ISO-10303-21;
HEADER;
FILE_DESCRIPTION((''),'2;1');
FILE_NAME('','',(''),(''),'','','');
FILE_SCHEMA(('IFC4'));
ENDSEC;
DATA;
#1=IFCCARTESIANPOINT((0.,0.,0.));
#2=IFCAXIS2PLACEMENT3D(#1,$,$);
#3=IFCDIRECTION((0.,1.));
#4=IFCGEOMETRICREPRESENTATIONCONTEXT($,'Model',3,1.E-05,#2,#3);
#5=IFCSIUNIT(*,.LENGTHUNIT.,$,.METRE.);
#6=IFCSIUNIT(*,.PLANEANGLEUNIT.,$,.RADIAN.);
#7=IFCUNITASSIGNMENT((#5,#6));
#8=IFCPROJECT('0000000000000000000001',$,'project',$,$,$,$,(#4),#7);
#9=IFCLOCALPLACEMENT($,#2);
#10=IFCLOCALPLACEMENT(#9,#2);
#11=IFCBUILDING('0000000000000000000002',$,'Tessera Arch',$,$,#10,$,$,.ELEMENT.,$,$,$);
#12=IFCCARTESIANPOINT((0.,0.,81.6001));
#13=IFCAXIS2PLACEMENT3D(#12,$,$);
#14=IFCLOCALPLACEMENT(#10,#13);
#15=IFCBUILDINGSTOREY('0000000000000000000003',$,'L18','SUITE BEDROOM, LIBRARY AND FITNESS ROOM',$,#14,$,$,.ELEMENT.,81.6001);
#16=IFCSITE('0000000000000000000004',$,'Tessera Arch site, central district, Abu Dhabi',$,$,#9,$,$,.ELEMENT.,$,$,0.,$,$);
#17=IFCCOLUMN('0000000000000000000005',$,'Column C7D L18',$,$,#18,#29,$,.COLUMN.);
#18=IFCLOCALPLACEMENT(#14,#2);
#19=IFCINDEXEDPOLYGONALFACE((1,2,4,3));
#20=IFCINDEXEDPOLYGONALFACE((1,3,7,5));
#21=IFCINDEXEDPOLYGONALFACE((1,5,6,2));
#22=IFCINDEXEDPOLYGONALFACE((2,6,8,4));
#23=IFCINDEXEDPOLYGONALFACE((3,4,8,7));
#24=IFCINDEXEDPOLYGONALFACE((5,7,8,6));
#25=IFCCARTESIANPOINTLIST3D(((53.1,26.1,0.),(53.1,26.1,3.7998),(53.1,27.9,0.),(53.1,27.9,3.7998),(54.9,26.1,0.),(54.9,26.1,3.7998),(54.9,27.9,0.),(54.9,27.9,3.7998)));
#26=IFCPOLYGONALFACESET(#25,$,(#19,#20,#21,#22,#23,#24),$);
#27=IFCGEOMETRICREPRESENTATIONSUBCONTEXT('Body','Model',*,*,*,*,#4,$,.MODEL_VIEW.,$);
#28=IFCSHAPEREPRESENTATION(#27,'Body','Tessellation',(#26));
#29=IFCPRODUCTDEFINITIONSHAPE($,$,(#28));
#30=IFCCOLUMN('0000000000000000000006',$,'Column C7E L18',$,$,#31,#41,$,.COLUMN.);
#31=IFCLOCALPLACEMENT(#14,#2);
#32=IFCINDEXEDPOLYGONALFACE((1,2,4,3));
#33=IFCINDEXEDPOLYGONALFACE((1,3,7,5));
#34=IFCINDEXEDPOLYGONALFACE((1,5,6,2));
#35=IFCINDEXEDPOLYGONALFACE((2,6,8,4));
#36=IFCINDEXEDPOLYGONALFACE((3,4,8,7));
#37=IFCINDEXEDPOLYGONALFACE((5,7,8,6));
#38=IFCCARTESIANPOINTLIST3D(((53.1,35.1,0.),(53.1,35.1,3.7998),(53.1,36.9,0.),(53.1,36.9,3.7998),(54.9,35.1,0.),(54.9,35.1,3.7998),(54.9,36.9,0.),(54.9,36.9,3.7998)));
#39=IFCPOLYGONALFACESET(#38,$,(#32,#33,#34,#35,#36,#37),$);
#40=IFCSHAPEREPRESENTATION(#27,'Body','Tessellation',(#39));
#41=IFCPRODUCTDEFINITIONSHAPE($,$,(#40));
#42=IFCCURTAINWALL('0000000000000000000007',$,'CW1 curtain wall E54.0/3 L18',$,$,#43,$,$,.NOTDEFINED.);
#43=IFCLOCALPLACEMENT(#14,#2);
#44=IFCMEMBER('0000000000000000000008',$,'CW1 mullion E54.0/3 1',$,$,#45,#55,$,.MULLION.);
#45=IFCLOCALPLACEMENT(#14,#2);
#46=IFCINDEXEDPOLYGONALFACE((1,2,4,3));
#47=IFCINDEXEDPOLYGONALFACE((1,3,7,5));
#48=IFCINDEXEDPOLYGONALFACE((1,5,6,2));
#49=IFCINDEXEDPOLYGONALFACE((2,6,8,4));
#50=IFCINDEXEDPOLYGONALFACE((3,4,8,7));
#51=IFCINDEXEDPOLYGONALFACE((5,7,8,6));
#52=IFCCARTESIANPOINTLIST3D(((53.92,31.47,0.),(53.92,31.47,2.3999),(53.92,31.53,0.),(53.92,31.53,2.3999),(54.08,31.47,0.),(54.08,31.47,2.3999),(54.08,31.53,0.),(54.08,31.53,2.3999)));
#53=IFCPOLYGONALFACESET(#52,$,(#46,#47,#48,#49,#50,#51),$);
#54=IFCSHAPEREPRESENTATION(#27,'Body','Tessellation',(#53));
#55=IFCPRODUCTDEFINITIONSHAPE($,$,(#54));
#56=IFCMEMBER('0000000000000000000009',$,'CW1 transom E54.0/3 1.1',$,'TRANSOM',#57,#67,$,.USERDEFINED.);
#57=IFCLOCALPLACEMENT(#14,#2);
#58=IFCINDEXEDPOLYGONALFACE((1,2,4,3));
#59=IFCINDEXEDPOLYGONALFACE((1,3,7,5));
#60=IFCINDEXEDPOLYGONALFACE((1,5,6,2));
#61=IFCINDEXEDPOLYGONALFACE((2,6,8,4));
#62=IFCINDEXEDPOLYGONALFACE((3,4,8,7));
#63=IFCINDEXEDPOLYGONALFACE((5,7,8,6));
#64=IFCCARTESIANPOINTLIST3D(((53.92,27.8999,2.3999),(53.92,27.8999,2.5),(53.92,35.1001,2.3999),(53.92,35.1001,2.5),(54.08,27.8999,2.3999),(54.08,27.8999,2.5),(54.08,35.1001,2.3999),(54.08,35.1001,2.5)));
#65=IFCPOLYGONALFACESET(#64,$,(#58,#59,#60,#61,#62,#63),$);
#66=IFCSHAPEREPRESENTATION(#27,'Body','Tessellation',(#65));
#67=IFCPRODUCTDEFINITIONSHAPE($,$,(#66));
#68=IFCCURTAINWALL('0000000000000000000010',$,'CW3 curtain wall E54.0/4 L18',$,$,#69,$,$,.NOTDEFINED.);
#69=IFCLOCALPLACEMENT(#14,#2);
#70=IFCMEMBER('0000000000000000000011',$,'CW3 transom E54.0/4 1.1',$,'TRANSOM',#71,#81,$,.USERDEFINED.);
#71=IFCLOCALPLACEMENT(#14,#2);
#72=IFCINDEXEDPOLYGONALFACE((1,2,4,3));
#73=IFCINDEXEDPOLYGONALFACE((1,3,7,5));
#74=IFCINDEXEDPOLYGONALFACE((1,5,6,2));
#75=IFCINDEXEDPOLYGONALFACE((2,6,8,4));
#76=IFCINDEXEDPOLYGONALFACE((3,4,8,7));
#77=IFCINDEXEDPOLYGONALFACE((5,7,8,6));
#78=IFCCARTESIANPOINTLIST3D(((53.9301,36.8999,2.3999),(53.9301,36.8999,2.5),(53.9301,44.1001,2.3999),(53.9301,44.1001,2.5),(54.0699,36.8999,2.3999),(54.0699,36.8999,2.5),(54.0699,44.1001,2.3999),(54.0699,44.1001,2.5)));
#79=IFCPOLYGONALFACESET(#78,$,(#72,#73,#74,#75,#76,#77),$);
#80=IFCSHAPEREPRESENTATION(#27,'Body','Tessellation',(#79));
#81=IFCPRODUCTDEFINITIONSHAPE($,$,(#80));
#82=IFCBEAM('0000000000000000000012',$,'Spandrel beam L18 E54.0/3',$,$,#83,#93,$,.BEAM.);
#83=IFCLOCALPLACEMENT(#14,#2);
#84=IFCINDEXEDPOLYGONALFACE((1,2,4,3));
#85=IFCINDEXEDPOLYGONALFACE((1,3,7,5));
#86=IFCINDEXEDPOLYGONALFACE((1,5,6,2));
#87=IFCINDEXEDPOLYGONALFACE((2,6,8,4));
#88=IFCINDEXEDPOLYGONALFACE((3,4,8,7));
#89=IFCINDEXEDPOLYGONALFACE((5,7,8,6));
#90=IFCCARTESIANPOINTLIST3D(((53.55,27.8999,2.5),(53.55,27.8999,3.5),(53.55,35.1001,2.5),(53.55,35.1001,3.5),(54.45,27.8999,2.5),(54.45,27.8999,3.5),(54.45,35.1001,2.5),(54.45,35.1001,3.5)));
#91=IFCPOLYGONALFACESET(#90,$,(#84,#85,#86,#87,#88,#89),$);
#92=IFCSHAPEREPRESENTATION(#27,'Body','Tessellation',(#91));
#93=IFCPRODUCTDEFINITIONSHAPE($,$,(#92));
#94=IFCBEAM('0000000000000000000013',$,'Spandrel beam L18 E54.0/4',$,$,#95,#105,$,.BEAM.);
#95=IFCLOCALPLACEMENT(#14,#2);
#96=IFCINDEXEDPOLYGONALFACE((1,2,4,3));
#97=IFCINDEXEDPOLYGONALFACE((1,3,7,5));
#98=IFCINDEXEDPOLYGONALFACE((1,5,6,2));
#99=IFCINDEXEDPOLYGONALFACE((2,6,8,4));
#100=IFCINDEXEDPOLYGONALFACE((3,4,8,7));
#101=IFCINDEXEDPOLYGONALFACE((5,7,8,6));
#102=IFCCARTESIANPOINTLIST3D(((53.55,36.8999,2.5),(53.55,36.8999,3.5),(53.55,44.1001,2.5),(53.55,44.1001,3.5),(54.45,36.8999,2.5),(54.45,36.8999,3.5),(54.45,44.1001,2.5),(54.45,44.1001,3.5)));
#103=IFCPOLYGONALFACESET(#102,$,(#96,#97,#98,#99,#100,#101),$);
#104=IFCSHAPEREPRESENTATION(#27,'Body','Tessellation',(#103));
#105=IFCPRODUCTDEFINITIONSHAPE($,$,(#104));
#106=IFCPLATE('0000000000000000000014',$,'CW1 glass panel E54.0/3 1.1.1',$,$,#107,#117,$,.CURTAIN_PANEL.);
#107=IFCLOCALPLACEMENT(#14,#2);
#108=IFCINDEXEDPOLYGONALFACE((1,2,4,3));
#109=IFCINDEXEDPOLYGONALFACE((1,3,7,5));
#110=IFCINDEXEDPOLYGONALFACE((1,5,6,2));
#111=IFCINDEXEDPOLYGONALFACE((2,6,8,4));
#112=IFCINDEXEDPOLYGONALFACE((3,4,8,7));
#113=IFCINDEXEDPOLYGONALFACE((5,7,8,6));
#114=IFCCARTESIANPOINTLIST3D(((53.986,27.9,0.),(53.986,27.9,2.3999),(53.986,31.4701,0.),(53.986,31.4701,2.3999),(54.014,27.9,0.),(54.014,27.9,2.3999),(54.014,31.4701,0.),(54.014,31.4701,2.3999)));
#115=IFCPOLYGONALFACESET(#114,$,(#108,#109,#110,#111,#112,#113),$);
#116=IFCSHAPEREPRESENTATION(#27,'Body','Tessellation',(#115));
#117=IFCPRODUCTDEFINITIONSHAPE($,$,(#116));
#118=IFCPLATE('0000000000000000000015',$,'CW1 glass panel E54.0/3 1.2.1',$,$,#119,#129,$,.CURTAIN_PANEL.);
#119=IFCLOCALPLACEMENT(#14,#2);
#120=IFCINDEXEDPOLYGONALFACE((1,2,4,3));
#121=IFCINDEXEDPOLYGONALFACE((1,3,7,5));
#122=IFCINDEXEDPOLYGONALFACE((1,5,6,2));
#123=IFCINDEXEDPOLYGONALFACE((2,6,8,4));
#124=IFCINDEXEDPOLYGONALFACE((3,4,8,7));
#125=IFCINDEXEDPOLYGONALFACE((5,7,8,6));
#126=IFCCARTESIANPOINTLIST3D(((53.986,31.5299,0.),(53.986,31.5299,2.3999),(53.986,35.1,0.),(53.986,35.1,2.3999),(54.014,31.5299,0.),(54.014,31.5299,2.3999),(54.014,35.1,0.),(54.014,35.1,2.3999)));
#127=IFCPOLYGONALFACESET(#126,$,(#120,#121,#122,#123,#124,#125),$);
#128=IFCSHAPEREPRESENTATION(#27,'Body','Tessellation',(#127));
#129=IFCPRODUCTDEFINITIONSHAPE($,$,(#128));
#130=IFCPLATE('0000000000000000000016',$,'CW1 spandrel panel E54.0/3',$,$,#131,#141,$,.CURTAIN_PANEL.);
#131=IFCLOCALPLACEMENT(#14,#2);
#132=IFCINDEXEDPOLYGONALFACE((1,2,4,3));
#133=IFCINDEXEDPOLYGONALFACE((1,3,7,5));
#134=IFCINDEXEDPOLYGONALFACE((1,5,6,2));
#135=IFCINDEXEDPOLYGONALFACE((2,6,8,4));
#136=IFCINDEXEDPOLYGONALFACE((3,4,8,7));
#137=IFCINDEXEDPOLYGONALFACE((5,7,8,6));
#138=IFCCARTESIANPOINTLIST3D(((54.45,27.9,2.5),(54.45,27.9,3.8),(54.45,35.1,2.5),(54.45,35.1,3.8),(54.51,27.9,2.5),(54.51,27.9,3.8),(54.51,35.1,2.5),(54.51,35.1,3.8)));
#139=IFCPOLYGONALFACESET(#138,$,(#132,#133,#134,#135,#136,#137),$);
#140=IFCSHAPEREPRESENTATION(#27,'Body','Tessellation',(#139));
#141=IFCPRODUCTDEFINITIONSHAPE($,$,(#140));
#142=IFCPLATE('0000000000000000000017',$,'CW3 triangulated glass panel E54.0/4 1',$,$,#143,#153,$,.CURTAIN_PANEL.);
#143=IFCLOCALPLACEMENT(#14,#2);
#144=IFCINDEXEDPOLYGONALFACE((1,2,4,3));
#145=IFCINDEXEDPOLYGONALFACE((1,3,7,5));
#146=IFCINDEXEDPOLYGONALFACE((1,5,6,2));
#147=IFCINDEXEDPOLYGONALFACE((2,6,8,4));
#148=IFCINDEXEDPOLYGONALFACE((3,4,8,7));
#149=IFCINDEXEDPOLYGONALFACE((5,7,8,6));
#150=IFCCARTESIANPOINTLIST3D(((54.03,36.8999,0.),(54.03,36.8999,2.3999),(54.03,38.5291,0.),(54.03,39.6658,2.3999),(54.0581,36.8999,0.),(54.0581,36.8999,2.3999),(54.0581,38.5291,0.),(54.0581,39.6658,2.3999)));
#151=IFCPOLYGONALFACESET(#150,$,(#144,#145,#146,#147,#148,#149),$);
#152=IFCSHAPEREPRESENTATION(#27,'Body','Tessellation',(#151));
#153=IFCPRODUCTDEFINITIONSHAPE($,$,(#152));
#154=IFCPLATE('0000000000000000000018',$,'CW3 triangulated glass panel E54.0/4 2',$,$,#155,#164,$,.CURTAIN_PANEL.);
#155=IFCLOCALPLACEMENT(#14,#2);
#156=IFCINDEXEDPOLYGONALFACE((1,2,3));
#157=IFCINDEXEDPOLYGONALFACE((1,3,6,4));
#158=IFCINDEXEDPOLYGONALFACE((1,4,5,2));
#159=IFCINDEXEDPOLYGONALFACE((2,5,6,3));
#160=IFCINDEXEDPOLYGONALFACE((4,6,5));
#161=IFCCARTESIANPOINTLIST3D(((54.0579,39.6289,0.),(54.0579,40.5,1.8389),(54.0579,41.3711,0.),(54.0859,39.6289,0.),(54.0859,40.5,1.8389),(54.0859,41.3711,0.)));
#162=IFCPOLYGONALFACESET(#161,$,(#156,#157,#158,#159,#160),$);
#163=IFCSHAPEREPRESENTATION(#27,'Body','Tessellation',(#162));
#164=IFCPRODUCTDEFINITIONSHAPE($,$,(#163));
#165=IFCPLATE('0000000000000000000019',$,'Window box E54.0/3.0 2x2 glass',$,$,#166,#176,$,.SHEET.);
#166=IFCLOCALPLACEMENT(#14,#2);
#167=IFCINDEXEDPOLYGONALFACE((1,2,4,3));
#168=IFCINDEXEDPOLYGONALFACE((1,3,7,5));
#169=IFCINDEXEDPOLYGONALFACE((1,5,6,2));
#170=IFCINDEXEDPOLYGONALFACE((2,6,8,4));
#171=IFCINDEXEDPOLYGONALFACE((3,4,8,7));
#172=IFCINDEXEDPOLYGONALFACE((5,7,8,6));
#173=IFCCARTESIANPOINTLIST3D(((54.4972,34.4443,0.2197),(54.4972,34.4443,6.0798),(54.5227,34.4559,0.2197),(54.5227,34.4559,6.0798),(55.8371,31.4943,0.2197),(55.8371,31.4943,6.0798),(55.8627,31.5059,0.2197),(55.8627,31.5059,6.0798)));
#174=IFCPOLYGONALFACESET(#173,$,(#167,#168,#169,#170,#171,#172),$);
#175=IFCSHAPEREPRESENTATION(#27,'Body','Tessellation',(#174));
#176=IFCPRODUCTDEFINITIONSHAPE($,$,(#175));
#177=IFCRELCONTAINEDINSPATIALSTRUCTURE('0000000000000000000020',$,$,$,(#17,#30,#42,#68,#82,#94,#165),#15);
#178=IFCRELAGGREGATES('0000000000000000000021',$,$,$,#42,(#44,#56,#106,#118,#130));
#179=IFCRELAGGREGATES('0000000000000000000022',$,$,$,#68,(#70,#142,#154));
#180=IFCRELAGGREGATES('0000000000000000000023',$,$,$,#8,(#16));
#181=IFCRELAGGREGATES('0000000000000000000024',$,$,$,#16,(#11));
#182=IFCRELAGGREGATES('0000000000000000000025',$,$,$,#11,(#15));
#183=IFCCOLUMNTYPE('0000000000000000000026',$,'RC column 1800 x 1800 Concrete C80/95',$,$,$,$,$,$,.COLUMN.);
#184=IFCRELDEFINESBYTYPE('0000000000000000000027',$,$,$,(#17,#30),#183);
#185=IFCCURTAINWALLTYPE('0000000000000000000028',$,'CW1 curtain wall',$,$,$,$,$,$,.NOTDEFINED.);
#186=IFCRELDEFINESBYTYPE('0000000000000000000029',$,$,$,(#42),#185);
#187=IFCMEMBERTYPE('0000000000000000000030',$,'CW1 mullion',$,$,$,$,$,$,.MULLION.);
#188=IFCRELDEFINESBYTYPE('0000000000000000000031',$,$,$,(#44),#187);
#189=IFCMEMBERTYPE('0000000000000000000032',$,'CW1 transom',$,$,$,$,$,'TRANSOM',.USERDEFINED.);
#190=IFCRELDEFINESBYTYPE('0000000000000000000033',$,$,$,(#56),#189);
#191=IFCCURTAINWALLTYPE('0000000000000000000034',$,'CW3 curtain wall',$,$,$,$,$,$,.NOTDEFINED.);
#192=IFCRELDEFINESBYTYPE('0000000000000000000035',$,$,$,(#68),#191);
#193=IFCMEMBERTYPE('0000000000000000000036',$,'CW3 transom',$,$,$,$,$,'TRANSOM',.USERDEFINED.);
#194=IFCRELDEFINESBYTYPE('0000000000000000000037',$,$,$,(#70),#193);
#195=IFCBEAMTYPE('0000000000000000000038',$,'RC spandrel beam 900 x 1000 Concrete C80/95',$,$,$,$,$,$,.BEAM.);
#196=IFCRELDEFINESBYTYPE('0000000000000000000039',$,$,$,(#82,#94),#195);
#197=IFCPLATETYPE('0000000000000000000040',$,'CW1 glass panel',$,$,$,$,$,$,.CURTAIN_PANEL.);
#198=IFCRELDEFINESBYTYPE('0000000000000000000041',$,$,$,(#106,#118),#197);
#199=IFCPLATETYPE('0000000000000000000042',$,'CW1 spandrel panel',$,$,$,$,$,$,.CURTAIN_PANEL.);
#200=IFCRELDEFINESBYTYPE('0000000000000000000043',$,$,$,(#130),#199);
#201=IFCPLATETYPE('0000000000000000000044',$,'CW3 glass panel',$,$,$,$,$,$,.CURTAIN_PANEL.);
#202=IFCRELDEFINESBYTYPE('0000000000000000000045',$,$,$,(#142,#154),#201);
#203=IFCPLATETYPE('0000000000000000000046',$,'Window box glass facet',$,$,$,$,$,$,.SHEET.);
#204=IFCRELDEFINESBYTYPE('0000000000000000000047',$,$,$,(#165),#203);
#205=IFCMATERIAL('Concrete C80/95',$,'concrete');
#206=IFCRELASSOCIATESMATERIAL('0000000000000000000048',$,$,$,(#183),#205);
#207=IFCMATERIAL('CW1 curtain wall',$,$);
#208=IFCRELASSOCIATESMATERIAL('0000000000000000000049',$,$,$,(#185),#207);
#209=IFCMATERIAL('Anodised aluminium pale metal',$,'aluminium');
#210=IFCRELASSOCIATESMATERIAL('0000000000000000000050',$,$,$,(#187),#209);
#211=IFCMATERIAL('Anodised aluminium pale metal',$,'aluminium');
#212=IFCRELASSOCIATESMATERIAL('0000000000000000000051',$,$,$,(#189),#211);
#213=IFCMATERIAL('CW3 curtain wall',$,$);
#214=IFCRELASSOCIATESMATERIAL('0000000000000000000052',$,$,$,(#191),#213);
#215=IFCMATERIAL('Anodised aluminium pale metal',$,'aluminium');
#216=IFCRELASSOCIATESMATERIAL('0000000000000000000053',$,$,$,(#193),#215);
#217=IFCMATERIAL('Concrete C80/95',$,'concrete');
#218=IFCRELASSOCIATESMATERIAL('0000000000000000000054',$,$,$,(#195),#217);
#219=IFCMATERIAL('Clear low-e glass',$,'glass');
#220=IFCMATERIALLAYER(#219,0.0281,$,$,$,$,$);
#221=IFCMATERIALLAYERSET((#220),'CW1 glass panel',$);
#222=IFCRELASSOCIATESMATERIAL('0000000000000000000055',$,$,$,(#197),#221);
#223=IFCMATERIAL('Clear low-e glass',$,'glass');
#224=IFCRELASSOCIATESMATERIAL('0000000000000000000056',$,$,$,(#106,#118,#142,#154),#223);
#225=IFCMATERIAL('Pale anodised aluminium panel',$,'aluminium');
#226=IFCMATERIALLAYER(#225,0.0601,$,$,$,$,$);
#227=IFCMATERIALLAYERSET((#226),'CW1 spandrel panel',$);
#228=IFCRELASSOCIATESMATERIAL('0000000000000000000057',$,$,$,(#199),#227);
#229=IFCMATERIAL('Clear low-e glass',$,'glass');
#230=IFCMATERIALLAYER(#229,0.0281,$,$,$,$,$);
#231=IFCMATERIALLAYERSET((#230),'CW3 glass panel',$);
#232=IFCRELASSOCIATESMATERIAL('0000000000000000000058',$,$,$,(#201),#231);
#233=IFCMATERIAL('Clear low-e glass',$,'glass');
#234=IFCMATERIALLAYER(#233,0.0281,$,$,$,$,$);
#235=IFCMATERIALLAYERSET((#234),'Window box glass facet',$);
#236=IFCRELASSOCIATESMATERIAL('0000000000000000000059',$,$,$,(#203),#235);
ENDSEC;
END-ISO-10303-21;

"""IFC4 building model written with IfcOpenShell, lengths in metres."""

from ifc_helpers import new_model, si_unit, direction, frame, origin, origin_2d, place, context, subcontext, project, spatial, polyline, rectangle, outline, extrude, material, layer, layer_set, material_profile, profile_set, type_object, element, aggregate, save


model = new_model("IFC4")

# Units and contexts
model_context = context("Model", 3, precision=1e-05, world=origin(), true_north=direction((0.0, 1.0)))
body_context = subcontext(model_context, "Body", "Model", "MODEL_VIEW")
ifc_project = project(units=[si_unit("LENGTHUNIT", "METRE"), si_unit("PLANEANGLEUNIT", "RADIAN")], contexts=[model_context])

# Site, building, storey
site_placement = place(None, origin())
site = spatial("IfcSite", under=ifc_project, at=site_placement, Name="Tessera Arch site, central district, Abu Dhabi", CompositionType="ELEMENT", RefElevation=0.0)
building_placement = place(site_placement, origin())
building = spatial("IfcBuilding", under=site, at=building_placement, Name="Tessera Arch", CompositionType="ELEMENT")
storey_placement = place(building_placement, frame((0.0, 0.0, 81.6001)))
storey = spatial("IfcBuildingStorey", under=building, at=storey_placement, Name="L18", Description="SUITE BEDROOM, LIBRARY AND FITNESS ROOM", CompositionType="ELEMENT", Elevation=81.6001)

# Columns
ifc_material_1 = material(Name="Concrete C80/95", Category="concrete")
ifc_material_profile_1 = material_profile(ifc_material_1, rectangle(XDim=1.8, YDim=1.8, at=origin_2d()), Name="RC column 1800 x 1800 Concrete C80/95")
ifc_profile_set_1 = profile_set([ifc_material_profile_1], Name="Concrete C80/95")
column_type = type_object("IfcColumnType", Name="RC column 1800 x 1800 Concrete C80/95", PredefinedType="COLUMN", material=ifc_profile_set_1)
for number, where, z_axis, x_axis, name in (
    (1, (54.0, 27.0, 0.0), (0.0, 0.0, 1.0), (1.0, 0.0, 0.0), "Column C7D L18"),
    (2, (54.0, 36.0, 0.0), (0.0, 0.0, 1.0), (1.0, 0.0, 0.0), "Column C7E L18"),
):
    element("IfcColumn", number, at=place(storey_placement, frame(where, z_axis=z_axis, x_axis=x_axis)), inside=storey, type_object=column_type, Name=name, PredefinedType="COLUMN", context=body_context, shape_type="SweptSolid", body=[
        extrude(rectangle(XDim=1.8, YDim=1.8, at=origin_2d()), origin(), (0.0, 0.0, 1.0), 3.7998),
    ])

# Curtain wall, members
ifc_material_2 = material(Name="CW1 curtain wall")
curtain_wall_type_1 = type_object("IfcCurtainWallType", Name="CW1 curtain wall", PredefinedType="NOTDEFINED", material=ifc_material_2)
curtain_wall_1_placement = place(storey_placement, origin())
curtain_wall_1 = element("IfcCurtainWall", 3, at=curtain_wall_1_placement, inside=storey, type_object=curtain_wall_type_1, Name="CW1 curtain wall E54.0/3 L18", PredefinedType="NOTDEFINED")
ifc_material_3 = material(Name="Anodised aluminium pale metal", Category="aluminium")
ifc_material_profile_2 = material_profile(ifc_material_3, rectangle(XDim=0.1599, YDim=0.0601, at=origin_2d()), Name="AL 60x160")
ifc_profile_set_2 = profile_set([ifc_material_profile_2], Name="Anodised aluminium pale metal")
member_type_1 = type_object("IfcMemberType", Name="CW1 mullion", PredefinedType="MULLION", material=ifc_profile_set_2)
member_1_placement = place(storey_placement, frame((54.0, 31.5, 0.0), z_axis=(0.0, 0.0, 1.0), x_axis=(-1.0, 0.0, 0.0)))
member_1 = element("IfcMember", 4, at=member_1_placement, type_object=member_type_1, Name="CW1 mullion E54.0/3 1", PredefinedType="MULLION", context=body_context, shape_type="SweptSolid", body=[
    extrude(rectangle(XDim=0.1599, YDim=0.0601, at=origin_2d()), origin(), (0.0, 0.0, 1.0), 2.3999),
])
ifc_material_4 = material(Name="Anodised aluminium pale metal", Category="aluminium")
ifc_material_profile_3 = material_profile(ifc_material_4, rectangle(XDim=0.1599, YDim=0.1001, at=origin_2d()), Name="AL 160x100")
ifc_profile_set_3 = profile_set([ifc_material_profile_3], Name="Anodised aluminium pale metal")
member_type_2 = type_object("IfcMemberType", Name="CW1 transom", ElementType="TRANSOM", PredefinedType="USERDEFINED", material=ifc_profile_set_3)
member_2_placement = place(storey_placement, frame((54.0, 27.8999, 2.45), z_axis=(0.0, 1.0, 0.0), x_axis=(-1.0, 0.0, 0.0)))
member_2 = element("IfcMember", 5, at=member_2_placement, type_object=member_type_2, Name="CW1 transom E54.0/3 1.1", ObjectType="TRANSOM", PredefinedType="USERDEFINED", context=body_context, shape_type="SweptSolid", body=[
    extrude(rectangle(XDim=0.1599, YDim=0.1001, at=origin_2d()), origin(), (0.0, 0.0, 1.0), 7.2002),
])

# Curtain wall, member
ifc_material_5 = material(Name="CW3 curtain wall")
curtain_wall_type_2 = type_object("IfcCurtainWallType", Name="CW3 curtain wall", PredefinedType="NOTDEFINED", material=ifc_material_5)
curtain_wall_2_placement = place(storey_placement, origin())
curtain_wall_2 = element("IfcCurtainWall", 6, at=curtain_wall_2_placement, inside=storey, type_object=curtain_wall_type_2, Name="CW3 curtain wall E54.0/4 L18", PredefinedType="NOTDEFINED")
ifc_material_6 = material(Name="Anodised aluminium pale metal", Category="aluminium")
ifc_material_profile_4 = material_profile(ifc_material_6, rectangle(XDim=0.1399, YDim=0.1001, at=origin_2d()), Name="AL 140x100")
ifc_profile_set_4 = profile_set([ifc_material_profile_4], Name="Anodised aluminium pale metal")
member_type_3 = type_object("IfcMemberType", Name="CW3 transom", ElementType="TRANSOM", PredefinedType="USERDEFINED", material=ifc_profile_set_4)
member_3_placement = place(storey_placement, frame((54.0, 36.8999, 2.45), z_axis=(0.0, 1.0, 0.0), x_axis=(-1.0, 0.0, 0.0)))
member_3 = element("IfcMember", 7, at=member_3_placement, type_object=member_type_3, Name="CW3 transom E54.0/4 1.1", ObjectType="TRANSOM", PredefinedType="USERDEFINED", context=body_context, shape_type="SweptSolid", body=[
    extrude(rectangle(XDim=0.1399, YDim=0.1001, at=origin_2d()), origin(), (0.0, 0.0, 1.0), 7.2002),
])

# Beams
ifc_material_7 = material(Name="Concrete C80/95", Category="concrete")
ifc_material_profile_5 = material_profile(ifc_material_7, rectangle(XDim=0.8999, YDim=1.0, at=origin_2d()), Name="RC spandrel beam 900 x 1000 Concrete C80/95")
ifc_profile_set_5 = profile_set([ifc_material_profile_5], Name="Concrete C80/95")
beam_type = type_object("IfcBeamType", Name="RC spandrel beam 900 x 1000 Concrete C80/95", PredefinedType="BEAM", material=ifc_profile_set_5)
for number, where, z_axis, x_axis, name in (
    (8, (54.0, 27.8999, 3.0), (0.0, 1.0, 0.0), (-1.0, 0.0, 0.0), "Spandrel beam L18 E54.0/3"),
    (9, (54.0, 36.8999, 3.0), (0.0, 1.0, 0.0), (-1.0, 0.0, 0.0), "Spandrel beam L18 E54.0/4"),
):
    element("IfcBeam", number, at=place(storey_placement, frame(where, z_axis=z_axis, x_axis=x_axis)), inside=storey, type_object=beam_type, Name=name, PredefinedType="BEAM", context=body_context, shape_type="SweptSolid", body=[
        extrude(rectangle(XDim=0.8999, YDim=1.0, at=origin_2d()), origin(), (0.0, 0.0, 1.0), 7.2002),
    ])

# Plates
ifc_material_8 = material(Name="Clear low-e glass", Category="glass")
ifc_material_9 = material(Name="Clear low-e glass", Category="glass")
ifc_layer_1 = layer(ifc_material_9, 0.0281)
ifc_layer_set_1 = layer_set([ifc_layer_1], Name="CW1 glass panel")
plate_type_1 = type_object("IfcPlateType", Name="CW1 glass panel", PredefinedType="CURTAIN_PANEL", material=ifc_layer_set_1)
plate_1_placement = place(storey_placement, frame((54.0, 29.6851, 0.0), z_axis=(0.0, 0.0, 1.0), x_axis=(0.0, 1.0, 0.0)))
plate_1 = element("IfcPlate", 10, at=plate_1_placement, type_object=plate_type_1, material=ifc_material_8, Name="CW1 glass panel E54.0/3 1.1.1", PredefinedType="CURTAIN_PANEL", context=body_context, shape_type="SweptSolid", body=[
    extrude(rectangle(XDim=3.5701, YDim=0.0281, at=origin_2d()), origin(), (0.0, 0.0, 1.0), 2.3999),
])
plate_2_placement = place(storey_placement, frame((54.0, 33.3149, 0.0), z_axis=(0.0, 0.0, 1.0), x_axis=(0.0, 1.0, 0.0)))
plate_2 = element("IfcPlate", 11, at=plate_2_placement, type_object=plate_type_1, material=ifc_material_8, Name="CW1 glass panel E54.0/3 1.2.1", PredefinedType="CURTAIN_PANEL", context=body_context, shape_type="SweptSolid", body=[
    extrude(rectangle(XDim=3.5701, YDim=0.0281, at=origin_2d()), origin(), (0.0, 0.0, 1.0), 2.3999),
])
ifc_material_10 = material(Name="Pale anodised aluminium panel", Category="aluminium")
ifc_layer_2 = layer(ifc_material_10, 0.0601)
ifc_layer_set_2 = layer_set([ifc_layer_2], Name="CW1 spandrel panel")
plate_type_2 = type_object("IfcPlateType", Name="CW1 spandrel panel", PredefinedType="CURTAIN_PANEL", material=ifc_layer_set_2)
plate_3_placement = place(storey_placement, frame((54.48, 31.5, 2.5), z_axis=(0.0, 0.0, 1.0), x_axis=(0.0, 1.0, 0.0)))
plate_3 = element("IfcPlate", 12, at=plate_3_placement, type_object=plate_type_2, Name="CW1 spandrel panel E54.0/3", PredefinedType="CURTAIN_PANEL", context=body_context, shape_type="SweptSolid", body=[
    extrude(rectangle(XDim=7.2, YDim=0.0601, at=origin_2d()), origin(), (0.0, 0.0, 1.0), 1.3),
])
aggregate(curtain_wall_1, [member_1, member_2, plate_1, plate_2, plate_3])
ifc_material_11 = material(Name="Clear low-e glass", Category="glass")
ifc_layer_3 = layer(ifc_material_11, 0.0281)
ifc_layer_set_3 = layer_set([ifc_layer_3], Name="CW3 glass panel")
plate_type_3 = type_object("IfcPlateType", Name="CW3 glass panel", PredefinedType="CURTAIN_PANEL", material=ifc_layer_set_3)
plate_4_placement = place(storey_placement, frame((54.0581, 36.8999, 0.0), z_axis=(1.0, 0.0, 0.0), x_axis=(0.0, 1.0, 0.0)))
plate_4 = element("IfcPlate", 13, at=plate_4_placement, type_object=plate_type_3, material=ifc_material_8, Name="CW3 triangulated glass panel E54.0/4 1", PredefinedType="CURTAIN_PANEL", context=body_context, shape_type="SweptSolid", body=[
    extrude(outline(polyline([(0.0, 0.0), (1.6292, 0.0), (2.7659, 2.3999), (0.0, 2.3999), (0.0, 0.0)])), origin(), (0.0, 0.0, -1.0), 0.0281),
])
plate_5_placement = place(storey_placement, frame((54.0859, 39.6289, 0.0), z_axis=(1.0, 0.0, 0.0), x_axis=(0.0, 1.0, 0.0)))
plate_5 = element("IfcPlate", 14, at=plate_5_placement, type_object=plate_type_3, material=ifc_material_8, Name="CW3 triangulated glass panel E54.0/4 2", PredefinedType="CURTAIN_PANEL", context=body_context, shape_type="SweptSolid", body=[
    extrude(outline(polyline([(0.0, 0.0), (1.7422, 0.0), (0.8711, 1.8389), (0.0, 0.0)])), origin(), (0.0, 0.0, -1.0), 0.0281),
])
aggregate(curtain_wall_2, [member_3, plate_4, plate_5])
ifc_material_12 = material(Name="Clear low-e glass", Category="glass")
ifc_layer_4 = layer(ifc_material_12, 0.0281)
ifc_layer_set_4 = layer_set([ifc_layer_4], Name="Window box glass facet")
plate_type_4 = type_object("IfcPlateType", Name="Window box glass facet", PredefinedType="SHEET", material=ifc_layer_set_4)
plate_6_placement = place(storey_placement, frame((55.1799, 32.9751, 0.2197), z_axis=(0.0, 0.0, 1.0), x_axis=(0.41357, -0.910472, 0.0)))
element("IfcPlate", 15, at=plate_6_placement, inside=storey, type_object=plate_type_4, Name="Window box E54.0/3.0 2x2 glass", PredefinedType="SHEET", context=body_context, shape_type="SweptSolid", body=[
    extrude(rectangle(XDim=3.24, YDim=0.0281, at=origin_2d()), origin(), (0.0, 0.0, 1.0), 5.8601),
])

save(model, "model.ifc")
